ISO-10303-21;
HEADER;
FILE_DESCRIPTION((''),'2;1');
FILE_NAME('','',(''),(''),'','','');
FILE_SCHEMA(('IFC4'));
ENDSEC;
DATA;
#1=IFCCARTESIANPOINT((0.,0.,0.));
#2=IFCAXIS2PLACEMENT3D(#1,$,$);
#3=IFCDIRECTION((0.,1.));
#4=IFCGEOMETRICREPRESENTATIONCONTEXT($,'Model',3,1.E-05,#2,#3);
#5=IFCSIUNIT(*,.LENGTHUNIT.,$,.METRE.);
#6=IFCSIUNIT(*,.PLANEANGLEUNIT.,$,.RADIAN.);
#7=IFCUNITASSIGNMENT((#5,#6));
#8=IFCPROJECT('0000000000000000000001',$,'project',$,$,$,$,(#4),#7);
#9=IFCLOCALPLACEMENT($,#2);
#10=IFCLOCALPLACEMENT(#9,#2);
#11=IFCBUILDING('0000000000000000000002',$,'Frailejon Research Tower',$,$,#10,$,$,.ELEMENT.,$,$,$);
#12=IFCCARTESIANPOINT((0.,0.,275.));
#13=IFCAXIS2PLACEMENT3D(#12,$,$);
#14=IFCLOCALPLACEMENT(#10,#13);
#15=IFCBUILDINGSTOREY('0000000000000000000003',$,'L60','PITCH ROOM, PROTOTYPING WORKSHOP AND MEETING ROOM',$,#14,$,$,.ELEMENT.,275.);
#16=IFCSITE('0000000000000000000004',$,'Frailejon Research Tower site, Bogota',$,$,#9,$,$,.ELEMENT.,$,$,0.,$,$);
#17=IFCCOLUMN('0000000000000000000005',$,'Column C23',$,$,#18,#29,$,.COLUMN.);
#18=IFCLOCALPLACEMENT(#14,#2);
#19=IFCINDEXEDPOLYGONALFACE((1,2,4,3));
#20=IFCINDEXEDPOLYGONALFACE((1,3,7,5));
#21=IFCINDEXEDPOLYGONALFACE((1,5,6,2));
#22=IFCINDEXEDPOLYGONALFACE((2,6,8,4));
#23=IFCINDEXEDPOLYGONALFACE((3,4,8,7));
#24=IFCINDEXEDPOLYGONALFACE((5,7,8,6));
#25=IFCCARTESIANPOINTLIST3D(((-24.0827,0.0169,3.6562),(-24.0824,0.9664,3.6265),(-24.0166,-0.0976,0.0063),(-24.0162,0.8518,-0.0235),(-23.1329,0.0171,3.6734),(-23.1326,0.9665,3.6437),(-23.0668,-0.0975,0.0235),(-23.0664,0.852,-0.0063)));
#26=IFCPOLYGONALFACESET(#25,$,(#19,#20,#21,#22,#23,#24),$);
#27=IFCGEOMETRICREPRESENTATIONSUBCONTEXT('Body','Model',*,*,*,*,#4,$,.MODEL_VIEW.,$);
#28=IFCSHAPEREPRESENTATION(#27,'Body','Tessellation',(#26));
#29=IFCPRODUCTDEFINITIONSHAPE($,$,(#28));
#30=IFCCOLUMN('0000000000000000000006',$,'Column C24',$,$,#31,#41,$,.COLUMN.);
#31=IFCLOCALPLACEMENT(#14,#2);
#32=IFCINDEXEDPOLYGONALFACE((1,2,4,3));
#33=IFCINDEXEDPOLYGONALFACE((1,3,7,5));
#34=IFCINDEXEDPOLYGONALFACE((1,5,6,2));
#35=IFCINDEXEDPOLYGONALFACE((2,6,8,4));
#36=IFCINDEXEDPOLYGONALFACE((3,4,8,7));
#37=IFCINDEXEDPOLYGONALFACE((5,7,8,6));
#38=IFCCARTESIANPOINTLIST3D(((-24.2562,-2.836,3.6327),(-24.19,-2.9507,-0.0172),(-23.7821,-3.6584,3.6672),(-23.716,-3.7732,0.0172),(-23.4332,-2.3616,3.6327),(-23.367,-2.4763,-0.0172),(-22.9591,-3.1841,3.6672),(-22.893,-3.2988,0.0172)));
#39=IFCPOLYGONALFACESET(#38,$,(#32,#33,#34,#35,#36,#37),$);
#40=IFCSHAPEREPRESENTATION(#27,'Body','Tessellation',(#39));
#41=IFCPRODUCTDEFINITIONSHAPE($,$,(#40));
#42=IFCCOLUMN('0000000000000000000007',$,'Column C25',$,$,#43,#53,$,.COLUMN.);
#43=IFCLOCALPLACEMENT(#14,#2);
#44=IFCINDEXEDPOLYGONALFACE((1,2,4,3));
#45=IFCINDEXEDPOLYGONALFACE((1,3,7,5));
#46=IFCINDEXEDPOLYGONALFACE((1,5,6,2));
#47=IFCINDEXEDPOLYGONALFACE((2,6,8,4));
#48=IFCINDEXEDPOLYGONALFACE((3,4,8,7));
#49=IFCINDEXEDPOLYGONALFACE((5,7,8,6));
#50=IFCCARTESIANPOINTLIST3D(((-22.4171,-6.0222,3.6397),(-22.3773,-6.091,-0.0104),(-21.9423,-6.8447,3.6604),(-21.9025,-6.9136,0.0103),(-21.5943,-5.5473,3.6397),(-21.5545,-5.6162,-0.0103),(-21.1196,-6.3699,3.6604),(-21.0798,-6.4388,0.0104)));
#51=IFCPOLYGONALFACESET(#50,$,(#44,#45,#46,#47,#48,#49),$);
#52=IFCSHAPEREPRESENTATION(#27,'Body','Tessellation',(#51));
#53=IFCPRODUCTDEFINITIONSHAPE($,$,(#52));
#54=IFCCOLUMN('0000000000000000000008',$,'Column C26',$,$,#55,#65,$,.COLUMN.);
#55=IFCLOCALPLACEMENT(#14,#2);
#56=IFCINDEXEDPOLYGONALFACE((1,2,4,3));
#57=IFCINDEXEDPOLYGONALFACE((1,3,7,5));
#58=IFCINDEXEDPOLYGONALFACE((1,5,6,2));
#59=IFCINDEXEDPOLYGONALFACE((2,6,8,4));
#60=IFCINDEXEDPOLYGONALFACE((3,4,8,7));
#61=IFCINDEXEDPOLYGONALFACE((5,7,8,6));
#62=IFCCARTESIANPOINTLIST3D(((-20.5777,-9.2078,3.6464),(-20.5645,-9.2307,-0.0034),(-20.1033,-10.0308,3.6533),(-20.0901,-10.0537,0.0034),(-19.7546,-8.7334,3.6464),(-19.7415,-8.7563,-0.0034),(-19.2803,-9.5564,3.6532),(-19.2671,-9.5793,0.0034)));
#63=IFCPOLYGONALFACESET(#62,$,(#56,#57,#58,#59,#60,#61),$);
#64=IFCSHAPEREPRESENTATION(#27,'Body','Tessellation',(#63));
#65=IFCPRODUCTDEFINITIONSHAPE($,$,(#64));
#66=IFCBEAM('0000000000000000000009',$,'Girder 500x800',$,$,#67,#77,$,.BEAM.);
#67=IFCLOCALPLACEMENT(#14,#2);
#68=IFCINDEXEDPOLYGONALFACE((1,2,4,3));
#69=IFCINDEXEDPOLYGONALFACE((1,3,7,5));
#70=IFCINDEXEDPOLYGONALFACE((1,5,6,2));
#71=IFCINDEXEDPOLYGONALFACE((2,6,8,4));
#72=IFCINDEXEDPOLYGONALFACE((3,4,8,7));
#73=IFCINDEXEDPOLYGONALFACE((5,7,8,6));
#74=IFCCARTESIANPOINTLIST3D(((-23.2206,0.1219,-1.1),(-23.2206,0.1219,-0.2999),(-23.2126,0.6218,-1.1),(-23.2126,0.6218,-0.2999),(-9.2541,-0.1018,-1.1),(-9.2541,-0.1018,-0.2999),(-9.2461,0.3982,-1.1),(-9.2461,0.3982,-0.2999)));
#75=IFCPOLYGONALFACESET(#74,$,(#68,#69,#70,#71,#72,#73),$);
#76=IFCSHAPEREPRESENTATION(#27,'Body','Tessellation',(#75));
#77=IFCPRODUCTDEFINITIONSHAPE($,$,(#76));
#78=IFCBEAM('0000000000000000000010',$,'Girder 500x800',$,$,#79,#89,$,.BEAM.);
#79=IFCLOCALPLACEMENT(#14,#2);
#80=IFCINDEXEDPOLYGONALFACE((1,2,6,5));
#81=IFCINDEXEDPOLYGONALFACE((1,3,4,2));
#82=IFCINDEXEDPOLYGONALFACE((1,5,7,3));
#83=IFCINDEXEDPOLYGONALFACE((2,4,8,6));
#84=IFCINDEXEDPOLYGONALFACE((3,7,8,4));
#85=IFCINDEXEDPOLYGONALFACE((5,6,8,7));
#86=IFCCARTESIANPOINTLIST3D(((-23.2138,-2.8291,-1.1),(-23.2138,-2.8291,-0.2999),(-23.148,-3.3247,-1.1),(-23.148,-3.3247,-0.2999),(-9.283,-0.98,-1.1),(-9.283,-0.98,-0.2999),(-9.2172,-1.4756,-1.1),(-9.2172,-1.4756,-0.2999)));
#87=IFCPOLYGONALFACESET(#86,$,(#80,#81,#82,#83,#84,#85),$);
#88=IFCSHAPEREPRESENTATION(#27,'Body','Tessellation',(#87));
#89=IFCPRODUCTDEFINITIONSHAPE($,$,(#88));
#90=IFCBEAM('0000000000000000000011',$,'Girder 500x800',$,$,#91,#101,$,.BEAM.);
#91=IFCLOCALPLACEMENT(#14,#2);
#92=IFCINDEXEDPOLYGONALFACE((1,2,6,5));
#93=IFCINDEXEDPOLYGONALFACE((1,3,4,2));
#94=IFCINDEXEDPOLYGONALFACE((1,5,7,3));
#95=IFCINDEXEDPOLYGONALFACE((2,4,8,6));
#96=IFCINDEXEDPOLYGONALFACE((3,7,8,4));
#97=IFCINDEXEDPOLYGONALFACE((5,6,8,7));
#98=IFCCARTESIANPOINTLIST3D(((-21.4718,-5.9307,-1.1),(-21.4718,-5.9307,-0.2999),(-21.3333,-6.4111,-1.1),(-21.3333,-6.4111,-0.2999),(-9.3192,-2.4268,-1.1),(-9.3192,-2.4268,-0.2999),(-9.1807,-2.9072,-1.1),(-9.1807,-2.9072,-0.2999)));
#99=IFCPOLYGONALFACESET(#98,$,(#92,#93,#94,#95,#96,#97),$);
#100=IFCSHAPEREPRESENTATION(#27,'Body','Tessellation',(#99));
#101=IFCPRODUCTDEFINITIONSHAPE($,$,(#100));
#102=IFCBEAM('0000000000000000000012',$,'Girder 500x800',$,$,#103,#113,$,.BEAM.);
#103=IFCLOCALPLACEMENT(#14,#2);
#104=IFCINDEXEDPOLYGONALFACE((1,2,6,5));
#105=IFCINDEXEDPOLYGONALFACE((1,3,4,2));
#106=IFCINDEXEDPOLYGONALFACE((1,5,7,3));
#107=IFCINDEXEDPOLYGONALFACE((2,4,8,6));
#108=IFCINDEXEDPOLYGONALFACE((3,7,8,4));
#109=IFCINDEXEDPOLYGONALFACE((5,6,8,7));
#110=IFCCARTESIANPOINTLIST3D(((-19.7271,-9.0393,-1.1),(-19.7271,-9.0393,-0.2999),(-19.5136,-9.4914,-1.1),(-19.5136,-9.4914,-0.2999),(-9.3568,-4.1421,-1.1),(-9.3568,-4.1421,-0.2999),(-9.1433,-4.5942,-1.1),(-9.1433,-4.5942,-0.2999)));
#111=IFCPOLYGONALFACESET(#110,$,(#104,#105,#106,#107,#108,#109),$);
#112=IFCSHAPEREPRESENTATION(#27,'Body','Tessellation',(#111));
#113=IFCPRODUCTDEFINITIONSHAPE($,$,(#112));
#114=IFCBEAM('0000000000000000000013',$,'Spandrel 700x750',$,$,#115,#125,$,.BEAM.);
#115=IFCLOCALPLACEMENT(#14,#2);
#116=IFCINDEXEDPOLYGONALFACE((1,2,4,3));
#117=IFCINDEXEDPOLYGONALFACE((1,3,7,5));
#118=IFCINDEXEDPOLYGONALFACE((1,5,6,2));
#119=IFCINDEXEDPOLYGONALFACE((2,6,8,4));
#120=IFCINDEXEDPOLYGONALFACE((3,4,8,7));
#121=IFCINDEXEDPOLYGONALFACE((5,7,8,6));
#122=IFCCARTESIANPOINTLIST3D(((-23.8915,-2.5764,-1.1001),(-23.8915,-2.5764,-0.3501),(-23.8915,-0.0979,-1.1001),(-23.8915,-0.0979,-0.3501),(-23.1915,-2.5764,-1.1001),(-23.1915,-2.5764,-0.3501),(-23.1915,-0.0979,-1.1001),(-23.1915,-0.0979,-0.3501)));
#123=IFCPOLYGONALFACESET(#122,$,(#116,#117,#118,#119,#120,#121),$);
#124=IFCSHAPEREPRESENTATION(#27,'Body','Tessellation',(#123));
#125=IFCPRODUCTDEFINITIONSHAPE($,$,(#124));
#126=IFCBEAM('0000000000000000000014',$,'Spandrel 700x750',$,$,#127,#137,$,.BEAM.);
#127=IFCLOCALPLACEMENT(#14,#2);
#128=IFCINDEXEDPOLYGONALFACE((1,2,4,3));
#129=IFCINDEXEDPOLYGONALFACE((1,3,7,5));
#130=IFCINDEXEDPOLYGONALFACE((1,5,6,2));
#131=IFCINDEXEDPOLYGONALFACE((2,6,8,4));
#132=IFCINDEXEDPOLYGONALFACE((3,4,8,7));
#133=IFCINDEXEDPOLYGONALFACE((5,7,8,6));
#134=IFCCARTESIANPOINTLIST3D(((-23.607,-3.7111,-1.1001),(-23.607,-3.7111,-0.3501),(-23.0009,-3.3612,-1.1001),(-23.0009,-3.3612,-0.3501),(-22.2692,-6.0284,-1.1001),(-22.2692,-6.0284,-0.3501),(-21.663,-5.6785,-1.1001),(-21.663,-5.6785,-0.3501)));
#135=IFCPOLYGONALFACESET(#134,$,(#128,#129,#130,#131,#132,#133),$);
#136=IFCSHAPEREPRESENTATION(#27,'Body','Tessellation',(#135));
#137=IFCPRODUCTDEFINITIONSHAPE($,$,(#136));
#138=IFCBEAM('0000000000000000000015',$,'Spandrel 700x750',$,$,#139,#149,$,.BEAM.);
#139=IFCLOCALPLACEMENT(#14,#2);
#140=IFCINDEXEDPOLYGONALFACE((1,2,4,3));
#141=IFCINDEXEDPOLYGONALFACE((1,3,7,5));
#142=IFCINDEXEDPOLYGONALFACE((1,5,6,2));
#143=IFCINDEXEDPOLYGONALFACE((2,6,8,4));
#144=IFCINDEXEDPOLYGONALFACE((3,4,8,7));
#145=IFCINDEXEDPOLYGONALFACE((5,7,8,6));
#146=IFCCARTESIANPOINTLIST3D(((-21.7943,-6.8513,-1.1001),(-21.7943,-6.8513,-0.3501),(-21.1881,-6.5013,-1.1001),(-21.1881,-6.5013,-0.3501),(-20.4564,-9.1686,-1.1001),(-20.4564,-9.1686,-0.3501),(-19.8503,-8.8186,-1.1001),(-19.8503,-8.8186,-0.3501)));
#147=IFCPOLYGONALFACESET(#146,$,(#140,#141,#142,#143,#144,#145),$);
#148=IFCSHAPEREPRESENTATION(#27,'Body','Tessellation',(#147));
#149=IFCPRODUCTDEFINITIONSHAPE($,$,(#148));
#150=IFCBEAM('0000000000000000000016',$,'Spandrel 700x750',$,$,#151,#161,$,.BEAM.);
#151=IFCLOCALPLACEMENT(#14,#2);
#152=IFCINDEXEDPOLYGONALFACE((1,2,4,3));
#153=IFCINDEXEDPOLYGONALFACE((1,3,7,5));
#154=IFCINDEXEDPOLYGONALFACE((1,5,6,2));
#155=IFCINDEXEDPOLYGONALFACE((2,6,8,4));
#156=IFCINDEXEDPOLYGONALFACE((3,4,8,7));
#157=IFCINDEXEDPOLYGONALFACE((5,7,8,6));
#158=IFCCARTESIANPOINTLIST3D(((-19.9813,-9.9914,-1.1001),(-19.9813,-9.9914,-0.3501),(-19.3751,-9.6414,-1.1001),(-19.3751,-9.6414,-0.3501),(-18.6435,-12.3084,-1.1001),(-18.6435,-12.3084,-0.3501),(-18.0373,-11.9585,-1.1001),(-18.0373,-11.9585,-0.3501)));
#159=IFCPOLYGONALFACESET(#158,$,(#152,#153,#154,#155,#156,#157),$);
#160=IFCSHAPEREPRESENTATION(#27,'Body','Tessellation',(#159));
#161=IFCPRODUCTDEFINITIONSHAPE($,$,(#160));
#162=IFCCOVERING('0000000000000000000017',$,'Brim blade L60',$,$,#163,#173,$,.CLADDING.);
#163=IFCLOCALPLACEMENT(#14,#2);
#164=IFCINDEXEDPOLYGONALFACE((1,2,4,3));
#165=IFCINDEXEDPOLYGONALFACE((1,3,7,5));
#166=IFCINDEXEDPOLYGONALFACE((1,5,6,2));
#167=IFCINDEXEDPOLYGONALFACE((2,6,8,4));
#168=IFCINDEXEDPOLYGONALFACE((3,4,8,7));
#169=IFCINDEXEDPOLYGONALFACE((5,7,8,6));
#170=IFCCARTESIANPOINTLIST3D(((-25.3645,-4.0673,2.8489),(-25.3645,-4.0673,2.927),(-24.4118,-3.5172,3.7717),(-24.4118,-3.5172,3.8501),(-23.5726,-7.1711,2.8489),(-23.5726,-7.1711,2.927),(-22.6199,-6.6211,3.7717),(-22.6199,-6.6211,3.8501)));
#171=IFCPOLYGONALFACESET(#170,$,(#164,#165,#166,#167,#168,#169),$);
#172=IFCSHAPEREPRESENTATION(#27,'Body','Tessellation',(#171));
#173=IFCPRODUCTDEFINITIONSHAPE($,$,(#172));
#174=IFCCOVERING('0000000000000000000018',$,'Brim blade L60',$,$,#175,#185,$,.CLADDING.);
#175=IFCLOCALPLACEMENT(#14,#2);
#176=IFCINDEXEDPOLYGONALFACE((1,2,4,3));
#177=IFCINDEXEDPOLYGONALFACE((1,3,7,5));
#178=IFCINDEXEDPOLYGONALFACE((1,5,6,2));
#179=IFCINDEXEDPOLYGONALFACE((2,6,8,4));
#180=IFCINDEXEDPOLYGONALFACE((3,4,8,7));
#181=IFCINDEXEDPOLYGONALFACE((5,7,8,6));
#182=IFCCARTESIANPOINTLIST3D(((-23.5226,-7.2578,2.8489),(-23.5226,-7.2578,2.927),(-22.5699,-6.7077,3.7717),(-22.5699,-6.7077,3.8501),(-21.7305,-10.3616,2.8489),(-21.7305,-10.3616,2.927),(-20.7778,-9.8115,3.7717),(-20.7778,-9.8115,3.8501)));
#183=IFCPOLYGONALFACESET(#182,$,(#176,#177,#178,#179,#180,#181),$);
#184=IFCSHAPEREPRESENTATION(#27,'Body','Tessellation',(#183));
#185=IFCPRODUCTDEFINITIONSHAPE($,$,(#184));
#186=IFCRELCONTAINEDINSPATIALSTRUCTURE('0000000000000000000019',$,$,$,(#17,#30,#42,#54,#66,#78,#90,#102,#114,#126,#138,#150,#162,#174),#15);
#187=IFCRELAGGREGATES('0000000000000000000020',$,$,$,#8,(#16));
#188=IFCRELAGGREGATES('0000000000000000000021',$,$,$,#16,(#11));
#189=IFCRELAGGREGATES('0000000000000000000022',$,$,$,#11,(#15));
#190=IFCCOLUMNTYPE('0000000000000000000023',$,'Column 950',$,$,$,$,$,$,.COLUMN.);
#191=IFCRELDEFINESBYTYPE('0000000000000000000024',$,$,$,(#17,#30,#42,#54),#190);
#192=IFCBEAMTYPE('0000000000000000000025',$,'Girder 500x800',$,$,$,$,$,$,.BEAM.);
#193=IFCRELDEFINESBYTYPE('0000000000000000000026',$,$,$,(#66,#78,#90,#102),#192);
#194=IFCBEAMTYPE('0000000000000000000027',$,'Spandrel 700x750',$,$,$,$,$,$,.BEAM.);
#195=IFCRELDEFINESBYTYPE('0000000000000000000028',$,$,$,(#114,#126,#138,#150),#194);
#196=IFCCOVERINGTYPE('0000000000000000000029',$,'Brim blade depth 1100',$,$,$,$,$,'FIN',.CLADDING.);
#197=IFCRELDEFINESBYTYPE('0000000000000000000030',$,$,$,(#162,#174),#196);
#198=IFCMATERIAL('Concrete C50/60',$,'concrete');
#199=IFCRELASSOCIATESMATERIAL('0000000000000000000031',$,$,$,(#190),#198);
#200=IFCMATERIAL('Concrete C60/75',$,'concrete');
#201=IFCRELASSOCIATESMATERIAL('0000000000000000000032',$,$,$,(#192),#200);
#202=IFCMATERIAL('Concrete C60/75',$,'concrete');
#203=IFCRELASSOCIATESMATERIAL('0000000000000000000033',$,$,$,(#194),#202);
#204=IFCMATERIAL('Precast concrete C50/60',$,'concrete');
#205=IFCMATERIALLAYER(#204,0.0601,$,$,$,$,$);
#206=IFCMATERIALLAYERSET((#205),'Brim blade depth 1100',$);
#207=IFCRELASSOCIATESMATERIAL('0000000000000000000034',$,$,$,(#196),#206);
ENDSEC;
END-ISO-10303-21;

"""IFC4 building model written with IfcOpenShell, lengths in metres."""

from ifc_helpers import new_model, si_unit, direction, frame, origin, origin_2d, place, context, subcontext, project, spatial, polyline, rectangle, outline, extrude, material, layer, layer_set, material_profile, profile_set, type_object, element, save


model = new_model("IFC4")

# Units and contexts
model_context = context("Model", 3, precision=1e-05, world=origin(), true_north=direction((0.0, 1.0)))
body_context = subcontext(model_context, "Body", "Model", "MODEL_VIEW")
ifc_project = project(units=[si_unit("LENGTHUNIT", "METRE"), si_unit("PLANEANGLEUNIT", "RADIAN")], contexts=[model_context])

# Site, building, storey
site_placement = place(None, origin())
site = spatial("IfcSite", under=ifc_project, at=site_placement, Name="Frailejon Research Tower site, Bogota", CompositionType="ELEMENT", RefElevation=0.0)
building_placement = place(site_placement, origin())
building = spatial("IfcBuilding", under=site, at=building_placement, Name="Frailejon Research Tower", CompositionType="ELEMENT")
storey_placement = place(building_placement, frame((0.0, 0.0, 275.0)))
storey = spatial("IfcBuildingStorey", under=building, at=storey_placement, Name="L60", Description="PITCH ROOM, PROTOTYPING WORKSHOP AND MEETING ROOM", CompositionType="ELEMENT", Elevation=275.0)

# Columns
ifc_material_1 = material(Name="Concrete C50/60", Category="concrete")
ifc_material_profile_1 = material_profile(ifc_material_1, rectangle(XDim=0.95, YDim=0.95, at=origin_2d()), Name="Column 950")
ifc_profile_set_1 = profile_set([ifc_material_profile_1], Name="Concrete C50/60")
column_type = type_object("IfcColumnType", Name="Column 950", PredefinedType="COLUMN", material=ifc_profile_set_1)
for number, where, z_axis, x_axis, name in (
    (1, (-23.5415, 0.3772, 0.0), (-0.018115, 0.031351, 0.999344), (-0.000375, -0.999508, 0.031349), "Column C23"),
    (2, (-23.5415, -3.1248, 0.0), (-0.018115, 0.031417, 0.999342), (0.49904, -0.865819, 0.036266), "Column C24"),
):
    element("IfcColumn", number, at=place(storey_placement, frame(where, z_axis=z_axis, x_axis=x_axis)), inside=storey, type_object=column_type, Name=name, PredefinedType="COLUMN", context=body_context, shape_type="SweptSolid", body=[
        extrude(rectangle(XDim=0.95, YDim=0.95, at=origin_2d()), origin(), (0.0, 0.0, 1.0), 3.6523),
    ])
column_1_placement = place(storey_placement, frame((-21.7285, -6.2649, 0.0), z_axis=(-0.0109, 0.018858, 0.999763), x_axis=(0.499729, -0.865908, 0.021782)))
element("IfcColumn", 3, at=column_1_placement, inside=storey, type_object=column_type, Name="Column C25", PredefinedType="COLUMN", context=body_context, shape_type="SweptSolid", body=[
    extrude(rectangle(XDim=0.95, YDim=0.95, at=origin_2d()), origin(), (0.0, 0.0, 1.0), 3.6509),
])
column_2_placement = place(storey_placement, frame((-19.9158, -9.405, 0.0), z_axis=(-0.003612, 0.006287, 0.999974), x_axis=(0.499382, -0.866352, 0.007251)))
element("IfcColumn", 4, at=column_2_placement, inside=storey, type_object=column_type, Name="Column C26", PredefinedType="COLUMN", context=body_context, shape_type="SweptSolid", body=[
    extrude(rectangle(XDim=0.95, YDim=0.95, at=origin_2d()), origin(), (0.0, 0.0, 1.0), 3.6499),
])

# Beams
ifc_material_2 = material(Name="Concrete C60/75", Category="concrete")
ifc_material_profile_2 = material_profile(ifc_material_2, rectangle(XDim=0.5, YDim=0.8, at=origin_2d()), Name="Girder 500x800")
ifc_profile_set_2 = profile_set([ifc_material_profile_2], Name="Concrete C60/75")
beam_type_1 = type_object("IfcBeamType", Name="Girder 500x800", PredefinedType="BEAM", material=ifc_profile_set_2)
beam_1_placement = place(storey_placement, frame((-23.2166, 0.3718, -0.7), z_axis=(0.999872, -0.01601, 0.0), x_axis=(0.01601, 0.999872, 0.0)))
element("IfcBeam", 5, at=beam_1_placement, inside=storey, type_object=beam_type_1, Name="Girder 500x800", PredefinedType="BEAM", context=body_context, shape_type="SweptSolid", body=[
    extrude(rectangle(XDim=0.5, YDim=0.8, at=origin_2d()), origin(), (0.0, 0.0, 1.0), 13.9683),
])
beam_2_placement = place(storey_placement, frame((-23.1809, -3.0769, -0.7), z_axis=(0.991305, 0.131581, 0.0), x_axis=(-0.131581, 0.991305, 0.0)))
element("IfcBeam", 6, at=beam_2_placement, inside=storey, type_object=beam_type_1, Name="Girder 500x800", PredefinedType="BEAM", context=body_context, shape_type="SweptSolid", body=[
    extrude(rectangle(XDim=0.5, YDim=0.8, at=origin_2d()), origin(), (0.0, 0.0, 1.0), 14.053),
])
beam_3_placement = place(storey_placement, frame((-21.4026, -6.1709, -0.7), z_axis=(0.960858, 0.27704, 0.0), x_axis=(-0.27704, 0.960858, 0.0)))
element("IfcBeam", 7, at=beam_3_placement, inside=storey, type_object=beam_type_1, Name="Girder 500x800", PredefinedType="BEAM", context=body_context, shape_type="SweptSolid", body=[
    extrude(rectangle(XDim=0.5, YDim=0.8, at=origin_2d()), origin(), (0.0, 0.0, 1.0), 12.6477),
])
beam_4_placement = place(storey_placement, frame((-19.6204, -9.2654, -0.7), z_axis=(0.904245, 0.427014, 0.0), x_axis=(-0.427014, 0.904245, 0.0)))
element("IfcBeam", 8, at=beam_4_placement, inside=storey, type_object=beam_type_1, Name="Girder 500x800", PredefinedType="BEAM", context=body_context, shape_type="SweptSolid", body=[
    extrude(rectangle(XDim=0.5, YDim=0.8, at=origin_2d()), origin(), (0.0, 0.0, 1.0), 11.4685),
])
ifc_material_3 = material(Name="Concrete C60/75", Category="concrete")
ifc_material_profile_3 = material_profile(ifc_material_3, rectangle(XDim=0.7, YDim=0.75, at=origin_2d()), Name="Spandrel 700x750")
ifc_profile_set_3 = profile_set([ifc_material_profile_3], Name="Concrete C60/75")
beam_type_2 = type_object("IfcBeamType", Name="Spandrel 700x750", PredefinedType="BEAM", material=ifc_profile_set_3)
beam_5_placement = place(storey_placement, frame((-23.5415, -0.0979, -0.7251), z_axis=(0.0, -1.0, 0.0), x_axis=(1.0, 0.0, 0.0)))
element("IfcBeam", 9, at=beam_5_placement, inside=storey, type_object=beam_type_2, Name="Spandrel 700x750", PredefinedType="BEAM", context=body_context, shape_type="SweptSolid", body=[
    extrude(rectangle(XDim=0.7, YDim=0.75, at=origin_2d()), origin(), (0.0, 0.0, 1.0), 2.4785),
])
for number, where, z_axis, x_axis, name in (
    (10, (-23.304, -3.5361, -0.7251), (0.499986, -0.866034, 0.0), (0.866034, 0.499986, 0.0), "Spandrel 700x750"),
    (11, (-21.4912, -6.6763, -0.7251), (0.499986, -0.866034, 0.0), (0.866034, 0.499986, 0.0), "Spandrel 700x750"),
):
    element("IfcBeam", number, at=place(storey_placement, frame(where, z_axis=z_axis, x_axis=x_axis)), inside=storey, type_object=beam_type_2, Name=name, PredefinedType="BEAM", context=body_context, shape_type="SweptSolid", body=[
        extrude(rectangle(XDim=0.7, YDim=0.75, at=origin_2d()), origin(), (0.0, 0.0, 1.0), 2.6758),
    ])
beam_6_placement = place(storey_placement, frame((-19.6782, -9.8164, -0.7251), z_axis=(0.500025, -0.866011, 0.0), x_axis=(0.866011, 0.500025, 0.0)))
element("IfcBeam", 12, at=beam_6_placement, inside=storey, type_object=beam_type_2, Name="Spandrel 700x750", PredefinedType="BEAM", context=body_context, shape_type="SweptSolid", body=[
    extrude(rectangle(XDim=0.7, YDim=0.75, at=origin_2d()), origin(), (0.0, 0.0, 1.0), 2.6755),
])

# Coverings
ifc_material_4 = material(Name="Precast concrete C50/60", Category="concrete")
ifc_layer_1 = layer(ifc_material_4, 0.0601)
ifc_layer_set_1 = layer_set([ifc_layer_1], Name="Brim blade depth 1100")
covering_type_1 = type_object("IfcCoveringType", Name="Brim blade depth 1100", ElementType="FIN", PredefinedType="CLADDING", material=ifc_layer_set_1)
for number, where, z_axis, x_axis, name in (
    (13, (-22.6199, -6.6211, 3.8501), (-0.499984, 0.866035, 0.0), (-0.866035, -0.499984, 0.0), "Brim blade L60"),
    (14, (-20.7778, -9.8115, 3.8501), (-0.500016, 0.866016, 0.0), (-0.866016, -0.500016, 0.0), "Brim blade L60"),
):
    element("IfcCovering", number, at=place(storey_placement, frame(where, z_axis=z_axis, x_axis=x_axis)), inside=storey, type_object=covering_type_1, Name=name, PredefinedType="CLADDING", context=body_context, shape_type="SweptSolid", body=[
        extrude(outline(polyline([(0.0, -0.0784), (1.1001, -1.0012), (1.1001, -0.9231), (0.0, 0.0), (0.0, -0.0784)])), origin(), (0.0, 0.0, 1.0), 3.584),
    ])

save(model, "model.ifc")
